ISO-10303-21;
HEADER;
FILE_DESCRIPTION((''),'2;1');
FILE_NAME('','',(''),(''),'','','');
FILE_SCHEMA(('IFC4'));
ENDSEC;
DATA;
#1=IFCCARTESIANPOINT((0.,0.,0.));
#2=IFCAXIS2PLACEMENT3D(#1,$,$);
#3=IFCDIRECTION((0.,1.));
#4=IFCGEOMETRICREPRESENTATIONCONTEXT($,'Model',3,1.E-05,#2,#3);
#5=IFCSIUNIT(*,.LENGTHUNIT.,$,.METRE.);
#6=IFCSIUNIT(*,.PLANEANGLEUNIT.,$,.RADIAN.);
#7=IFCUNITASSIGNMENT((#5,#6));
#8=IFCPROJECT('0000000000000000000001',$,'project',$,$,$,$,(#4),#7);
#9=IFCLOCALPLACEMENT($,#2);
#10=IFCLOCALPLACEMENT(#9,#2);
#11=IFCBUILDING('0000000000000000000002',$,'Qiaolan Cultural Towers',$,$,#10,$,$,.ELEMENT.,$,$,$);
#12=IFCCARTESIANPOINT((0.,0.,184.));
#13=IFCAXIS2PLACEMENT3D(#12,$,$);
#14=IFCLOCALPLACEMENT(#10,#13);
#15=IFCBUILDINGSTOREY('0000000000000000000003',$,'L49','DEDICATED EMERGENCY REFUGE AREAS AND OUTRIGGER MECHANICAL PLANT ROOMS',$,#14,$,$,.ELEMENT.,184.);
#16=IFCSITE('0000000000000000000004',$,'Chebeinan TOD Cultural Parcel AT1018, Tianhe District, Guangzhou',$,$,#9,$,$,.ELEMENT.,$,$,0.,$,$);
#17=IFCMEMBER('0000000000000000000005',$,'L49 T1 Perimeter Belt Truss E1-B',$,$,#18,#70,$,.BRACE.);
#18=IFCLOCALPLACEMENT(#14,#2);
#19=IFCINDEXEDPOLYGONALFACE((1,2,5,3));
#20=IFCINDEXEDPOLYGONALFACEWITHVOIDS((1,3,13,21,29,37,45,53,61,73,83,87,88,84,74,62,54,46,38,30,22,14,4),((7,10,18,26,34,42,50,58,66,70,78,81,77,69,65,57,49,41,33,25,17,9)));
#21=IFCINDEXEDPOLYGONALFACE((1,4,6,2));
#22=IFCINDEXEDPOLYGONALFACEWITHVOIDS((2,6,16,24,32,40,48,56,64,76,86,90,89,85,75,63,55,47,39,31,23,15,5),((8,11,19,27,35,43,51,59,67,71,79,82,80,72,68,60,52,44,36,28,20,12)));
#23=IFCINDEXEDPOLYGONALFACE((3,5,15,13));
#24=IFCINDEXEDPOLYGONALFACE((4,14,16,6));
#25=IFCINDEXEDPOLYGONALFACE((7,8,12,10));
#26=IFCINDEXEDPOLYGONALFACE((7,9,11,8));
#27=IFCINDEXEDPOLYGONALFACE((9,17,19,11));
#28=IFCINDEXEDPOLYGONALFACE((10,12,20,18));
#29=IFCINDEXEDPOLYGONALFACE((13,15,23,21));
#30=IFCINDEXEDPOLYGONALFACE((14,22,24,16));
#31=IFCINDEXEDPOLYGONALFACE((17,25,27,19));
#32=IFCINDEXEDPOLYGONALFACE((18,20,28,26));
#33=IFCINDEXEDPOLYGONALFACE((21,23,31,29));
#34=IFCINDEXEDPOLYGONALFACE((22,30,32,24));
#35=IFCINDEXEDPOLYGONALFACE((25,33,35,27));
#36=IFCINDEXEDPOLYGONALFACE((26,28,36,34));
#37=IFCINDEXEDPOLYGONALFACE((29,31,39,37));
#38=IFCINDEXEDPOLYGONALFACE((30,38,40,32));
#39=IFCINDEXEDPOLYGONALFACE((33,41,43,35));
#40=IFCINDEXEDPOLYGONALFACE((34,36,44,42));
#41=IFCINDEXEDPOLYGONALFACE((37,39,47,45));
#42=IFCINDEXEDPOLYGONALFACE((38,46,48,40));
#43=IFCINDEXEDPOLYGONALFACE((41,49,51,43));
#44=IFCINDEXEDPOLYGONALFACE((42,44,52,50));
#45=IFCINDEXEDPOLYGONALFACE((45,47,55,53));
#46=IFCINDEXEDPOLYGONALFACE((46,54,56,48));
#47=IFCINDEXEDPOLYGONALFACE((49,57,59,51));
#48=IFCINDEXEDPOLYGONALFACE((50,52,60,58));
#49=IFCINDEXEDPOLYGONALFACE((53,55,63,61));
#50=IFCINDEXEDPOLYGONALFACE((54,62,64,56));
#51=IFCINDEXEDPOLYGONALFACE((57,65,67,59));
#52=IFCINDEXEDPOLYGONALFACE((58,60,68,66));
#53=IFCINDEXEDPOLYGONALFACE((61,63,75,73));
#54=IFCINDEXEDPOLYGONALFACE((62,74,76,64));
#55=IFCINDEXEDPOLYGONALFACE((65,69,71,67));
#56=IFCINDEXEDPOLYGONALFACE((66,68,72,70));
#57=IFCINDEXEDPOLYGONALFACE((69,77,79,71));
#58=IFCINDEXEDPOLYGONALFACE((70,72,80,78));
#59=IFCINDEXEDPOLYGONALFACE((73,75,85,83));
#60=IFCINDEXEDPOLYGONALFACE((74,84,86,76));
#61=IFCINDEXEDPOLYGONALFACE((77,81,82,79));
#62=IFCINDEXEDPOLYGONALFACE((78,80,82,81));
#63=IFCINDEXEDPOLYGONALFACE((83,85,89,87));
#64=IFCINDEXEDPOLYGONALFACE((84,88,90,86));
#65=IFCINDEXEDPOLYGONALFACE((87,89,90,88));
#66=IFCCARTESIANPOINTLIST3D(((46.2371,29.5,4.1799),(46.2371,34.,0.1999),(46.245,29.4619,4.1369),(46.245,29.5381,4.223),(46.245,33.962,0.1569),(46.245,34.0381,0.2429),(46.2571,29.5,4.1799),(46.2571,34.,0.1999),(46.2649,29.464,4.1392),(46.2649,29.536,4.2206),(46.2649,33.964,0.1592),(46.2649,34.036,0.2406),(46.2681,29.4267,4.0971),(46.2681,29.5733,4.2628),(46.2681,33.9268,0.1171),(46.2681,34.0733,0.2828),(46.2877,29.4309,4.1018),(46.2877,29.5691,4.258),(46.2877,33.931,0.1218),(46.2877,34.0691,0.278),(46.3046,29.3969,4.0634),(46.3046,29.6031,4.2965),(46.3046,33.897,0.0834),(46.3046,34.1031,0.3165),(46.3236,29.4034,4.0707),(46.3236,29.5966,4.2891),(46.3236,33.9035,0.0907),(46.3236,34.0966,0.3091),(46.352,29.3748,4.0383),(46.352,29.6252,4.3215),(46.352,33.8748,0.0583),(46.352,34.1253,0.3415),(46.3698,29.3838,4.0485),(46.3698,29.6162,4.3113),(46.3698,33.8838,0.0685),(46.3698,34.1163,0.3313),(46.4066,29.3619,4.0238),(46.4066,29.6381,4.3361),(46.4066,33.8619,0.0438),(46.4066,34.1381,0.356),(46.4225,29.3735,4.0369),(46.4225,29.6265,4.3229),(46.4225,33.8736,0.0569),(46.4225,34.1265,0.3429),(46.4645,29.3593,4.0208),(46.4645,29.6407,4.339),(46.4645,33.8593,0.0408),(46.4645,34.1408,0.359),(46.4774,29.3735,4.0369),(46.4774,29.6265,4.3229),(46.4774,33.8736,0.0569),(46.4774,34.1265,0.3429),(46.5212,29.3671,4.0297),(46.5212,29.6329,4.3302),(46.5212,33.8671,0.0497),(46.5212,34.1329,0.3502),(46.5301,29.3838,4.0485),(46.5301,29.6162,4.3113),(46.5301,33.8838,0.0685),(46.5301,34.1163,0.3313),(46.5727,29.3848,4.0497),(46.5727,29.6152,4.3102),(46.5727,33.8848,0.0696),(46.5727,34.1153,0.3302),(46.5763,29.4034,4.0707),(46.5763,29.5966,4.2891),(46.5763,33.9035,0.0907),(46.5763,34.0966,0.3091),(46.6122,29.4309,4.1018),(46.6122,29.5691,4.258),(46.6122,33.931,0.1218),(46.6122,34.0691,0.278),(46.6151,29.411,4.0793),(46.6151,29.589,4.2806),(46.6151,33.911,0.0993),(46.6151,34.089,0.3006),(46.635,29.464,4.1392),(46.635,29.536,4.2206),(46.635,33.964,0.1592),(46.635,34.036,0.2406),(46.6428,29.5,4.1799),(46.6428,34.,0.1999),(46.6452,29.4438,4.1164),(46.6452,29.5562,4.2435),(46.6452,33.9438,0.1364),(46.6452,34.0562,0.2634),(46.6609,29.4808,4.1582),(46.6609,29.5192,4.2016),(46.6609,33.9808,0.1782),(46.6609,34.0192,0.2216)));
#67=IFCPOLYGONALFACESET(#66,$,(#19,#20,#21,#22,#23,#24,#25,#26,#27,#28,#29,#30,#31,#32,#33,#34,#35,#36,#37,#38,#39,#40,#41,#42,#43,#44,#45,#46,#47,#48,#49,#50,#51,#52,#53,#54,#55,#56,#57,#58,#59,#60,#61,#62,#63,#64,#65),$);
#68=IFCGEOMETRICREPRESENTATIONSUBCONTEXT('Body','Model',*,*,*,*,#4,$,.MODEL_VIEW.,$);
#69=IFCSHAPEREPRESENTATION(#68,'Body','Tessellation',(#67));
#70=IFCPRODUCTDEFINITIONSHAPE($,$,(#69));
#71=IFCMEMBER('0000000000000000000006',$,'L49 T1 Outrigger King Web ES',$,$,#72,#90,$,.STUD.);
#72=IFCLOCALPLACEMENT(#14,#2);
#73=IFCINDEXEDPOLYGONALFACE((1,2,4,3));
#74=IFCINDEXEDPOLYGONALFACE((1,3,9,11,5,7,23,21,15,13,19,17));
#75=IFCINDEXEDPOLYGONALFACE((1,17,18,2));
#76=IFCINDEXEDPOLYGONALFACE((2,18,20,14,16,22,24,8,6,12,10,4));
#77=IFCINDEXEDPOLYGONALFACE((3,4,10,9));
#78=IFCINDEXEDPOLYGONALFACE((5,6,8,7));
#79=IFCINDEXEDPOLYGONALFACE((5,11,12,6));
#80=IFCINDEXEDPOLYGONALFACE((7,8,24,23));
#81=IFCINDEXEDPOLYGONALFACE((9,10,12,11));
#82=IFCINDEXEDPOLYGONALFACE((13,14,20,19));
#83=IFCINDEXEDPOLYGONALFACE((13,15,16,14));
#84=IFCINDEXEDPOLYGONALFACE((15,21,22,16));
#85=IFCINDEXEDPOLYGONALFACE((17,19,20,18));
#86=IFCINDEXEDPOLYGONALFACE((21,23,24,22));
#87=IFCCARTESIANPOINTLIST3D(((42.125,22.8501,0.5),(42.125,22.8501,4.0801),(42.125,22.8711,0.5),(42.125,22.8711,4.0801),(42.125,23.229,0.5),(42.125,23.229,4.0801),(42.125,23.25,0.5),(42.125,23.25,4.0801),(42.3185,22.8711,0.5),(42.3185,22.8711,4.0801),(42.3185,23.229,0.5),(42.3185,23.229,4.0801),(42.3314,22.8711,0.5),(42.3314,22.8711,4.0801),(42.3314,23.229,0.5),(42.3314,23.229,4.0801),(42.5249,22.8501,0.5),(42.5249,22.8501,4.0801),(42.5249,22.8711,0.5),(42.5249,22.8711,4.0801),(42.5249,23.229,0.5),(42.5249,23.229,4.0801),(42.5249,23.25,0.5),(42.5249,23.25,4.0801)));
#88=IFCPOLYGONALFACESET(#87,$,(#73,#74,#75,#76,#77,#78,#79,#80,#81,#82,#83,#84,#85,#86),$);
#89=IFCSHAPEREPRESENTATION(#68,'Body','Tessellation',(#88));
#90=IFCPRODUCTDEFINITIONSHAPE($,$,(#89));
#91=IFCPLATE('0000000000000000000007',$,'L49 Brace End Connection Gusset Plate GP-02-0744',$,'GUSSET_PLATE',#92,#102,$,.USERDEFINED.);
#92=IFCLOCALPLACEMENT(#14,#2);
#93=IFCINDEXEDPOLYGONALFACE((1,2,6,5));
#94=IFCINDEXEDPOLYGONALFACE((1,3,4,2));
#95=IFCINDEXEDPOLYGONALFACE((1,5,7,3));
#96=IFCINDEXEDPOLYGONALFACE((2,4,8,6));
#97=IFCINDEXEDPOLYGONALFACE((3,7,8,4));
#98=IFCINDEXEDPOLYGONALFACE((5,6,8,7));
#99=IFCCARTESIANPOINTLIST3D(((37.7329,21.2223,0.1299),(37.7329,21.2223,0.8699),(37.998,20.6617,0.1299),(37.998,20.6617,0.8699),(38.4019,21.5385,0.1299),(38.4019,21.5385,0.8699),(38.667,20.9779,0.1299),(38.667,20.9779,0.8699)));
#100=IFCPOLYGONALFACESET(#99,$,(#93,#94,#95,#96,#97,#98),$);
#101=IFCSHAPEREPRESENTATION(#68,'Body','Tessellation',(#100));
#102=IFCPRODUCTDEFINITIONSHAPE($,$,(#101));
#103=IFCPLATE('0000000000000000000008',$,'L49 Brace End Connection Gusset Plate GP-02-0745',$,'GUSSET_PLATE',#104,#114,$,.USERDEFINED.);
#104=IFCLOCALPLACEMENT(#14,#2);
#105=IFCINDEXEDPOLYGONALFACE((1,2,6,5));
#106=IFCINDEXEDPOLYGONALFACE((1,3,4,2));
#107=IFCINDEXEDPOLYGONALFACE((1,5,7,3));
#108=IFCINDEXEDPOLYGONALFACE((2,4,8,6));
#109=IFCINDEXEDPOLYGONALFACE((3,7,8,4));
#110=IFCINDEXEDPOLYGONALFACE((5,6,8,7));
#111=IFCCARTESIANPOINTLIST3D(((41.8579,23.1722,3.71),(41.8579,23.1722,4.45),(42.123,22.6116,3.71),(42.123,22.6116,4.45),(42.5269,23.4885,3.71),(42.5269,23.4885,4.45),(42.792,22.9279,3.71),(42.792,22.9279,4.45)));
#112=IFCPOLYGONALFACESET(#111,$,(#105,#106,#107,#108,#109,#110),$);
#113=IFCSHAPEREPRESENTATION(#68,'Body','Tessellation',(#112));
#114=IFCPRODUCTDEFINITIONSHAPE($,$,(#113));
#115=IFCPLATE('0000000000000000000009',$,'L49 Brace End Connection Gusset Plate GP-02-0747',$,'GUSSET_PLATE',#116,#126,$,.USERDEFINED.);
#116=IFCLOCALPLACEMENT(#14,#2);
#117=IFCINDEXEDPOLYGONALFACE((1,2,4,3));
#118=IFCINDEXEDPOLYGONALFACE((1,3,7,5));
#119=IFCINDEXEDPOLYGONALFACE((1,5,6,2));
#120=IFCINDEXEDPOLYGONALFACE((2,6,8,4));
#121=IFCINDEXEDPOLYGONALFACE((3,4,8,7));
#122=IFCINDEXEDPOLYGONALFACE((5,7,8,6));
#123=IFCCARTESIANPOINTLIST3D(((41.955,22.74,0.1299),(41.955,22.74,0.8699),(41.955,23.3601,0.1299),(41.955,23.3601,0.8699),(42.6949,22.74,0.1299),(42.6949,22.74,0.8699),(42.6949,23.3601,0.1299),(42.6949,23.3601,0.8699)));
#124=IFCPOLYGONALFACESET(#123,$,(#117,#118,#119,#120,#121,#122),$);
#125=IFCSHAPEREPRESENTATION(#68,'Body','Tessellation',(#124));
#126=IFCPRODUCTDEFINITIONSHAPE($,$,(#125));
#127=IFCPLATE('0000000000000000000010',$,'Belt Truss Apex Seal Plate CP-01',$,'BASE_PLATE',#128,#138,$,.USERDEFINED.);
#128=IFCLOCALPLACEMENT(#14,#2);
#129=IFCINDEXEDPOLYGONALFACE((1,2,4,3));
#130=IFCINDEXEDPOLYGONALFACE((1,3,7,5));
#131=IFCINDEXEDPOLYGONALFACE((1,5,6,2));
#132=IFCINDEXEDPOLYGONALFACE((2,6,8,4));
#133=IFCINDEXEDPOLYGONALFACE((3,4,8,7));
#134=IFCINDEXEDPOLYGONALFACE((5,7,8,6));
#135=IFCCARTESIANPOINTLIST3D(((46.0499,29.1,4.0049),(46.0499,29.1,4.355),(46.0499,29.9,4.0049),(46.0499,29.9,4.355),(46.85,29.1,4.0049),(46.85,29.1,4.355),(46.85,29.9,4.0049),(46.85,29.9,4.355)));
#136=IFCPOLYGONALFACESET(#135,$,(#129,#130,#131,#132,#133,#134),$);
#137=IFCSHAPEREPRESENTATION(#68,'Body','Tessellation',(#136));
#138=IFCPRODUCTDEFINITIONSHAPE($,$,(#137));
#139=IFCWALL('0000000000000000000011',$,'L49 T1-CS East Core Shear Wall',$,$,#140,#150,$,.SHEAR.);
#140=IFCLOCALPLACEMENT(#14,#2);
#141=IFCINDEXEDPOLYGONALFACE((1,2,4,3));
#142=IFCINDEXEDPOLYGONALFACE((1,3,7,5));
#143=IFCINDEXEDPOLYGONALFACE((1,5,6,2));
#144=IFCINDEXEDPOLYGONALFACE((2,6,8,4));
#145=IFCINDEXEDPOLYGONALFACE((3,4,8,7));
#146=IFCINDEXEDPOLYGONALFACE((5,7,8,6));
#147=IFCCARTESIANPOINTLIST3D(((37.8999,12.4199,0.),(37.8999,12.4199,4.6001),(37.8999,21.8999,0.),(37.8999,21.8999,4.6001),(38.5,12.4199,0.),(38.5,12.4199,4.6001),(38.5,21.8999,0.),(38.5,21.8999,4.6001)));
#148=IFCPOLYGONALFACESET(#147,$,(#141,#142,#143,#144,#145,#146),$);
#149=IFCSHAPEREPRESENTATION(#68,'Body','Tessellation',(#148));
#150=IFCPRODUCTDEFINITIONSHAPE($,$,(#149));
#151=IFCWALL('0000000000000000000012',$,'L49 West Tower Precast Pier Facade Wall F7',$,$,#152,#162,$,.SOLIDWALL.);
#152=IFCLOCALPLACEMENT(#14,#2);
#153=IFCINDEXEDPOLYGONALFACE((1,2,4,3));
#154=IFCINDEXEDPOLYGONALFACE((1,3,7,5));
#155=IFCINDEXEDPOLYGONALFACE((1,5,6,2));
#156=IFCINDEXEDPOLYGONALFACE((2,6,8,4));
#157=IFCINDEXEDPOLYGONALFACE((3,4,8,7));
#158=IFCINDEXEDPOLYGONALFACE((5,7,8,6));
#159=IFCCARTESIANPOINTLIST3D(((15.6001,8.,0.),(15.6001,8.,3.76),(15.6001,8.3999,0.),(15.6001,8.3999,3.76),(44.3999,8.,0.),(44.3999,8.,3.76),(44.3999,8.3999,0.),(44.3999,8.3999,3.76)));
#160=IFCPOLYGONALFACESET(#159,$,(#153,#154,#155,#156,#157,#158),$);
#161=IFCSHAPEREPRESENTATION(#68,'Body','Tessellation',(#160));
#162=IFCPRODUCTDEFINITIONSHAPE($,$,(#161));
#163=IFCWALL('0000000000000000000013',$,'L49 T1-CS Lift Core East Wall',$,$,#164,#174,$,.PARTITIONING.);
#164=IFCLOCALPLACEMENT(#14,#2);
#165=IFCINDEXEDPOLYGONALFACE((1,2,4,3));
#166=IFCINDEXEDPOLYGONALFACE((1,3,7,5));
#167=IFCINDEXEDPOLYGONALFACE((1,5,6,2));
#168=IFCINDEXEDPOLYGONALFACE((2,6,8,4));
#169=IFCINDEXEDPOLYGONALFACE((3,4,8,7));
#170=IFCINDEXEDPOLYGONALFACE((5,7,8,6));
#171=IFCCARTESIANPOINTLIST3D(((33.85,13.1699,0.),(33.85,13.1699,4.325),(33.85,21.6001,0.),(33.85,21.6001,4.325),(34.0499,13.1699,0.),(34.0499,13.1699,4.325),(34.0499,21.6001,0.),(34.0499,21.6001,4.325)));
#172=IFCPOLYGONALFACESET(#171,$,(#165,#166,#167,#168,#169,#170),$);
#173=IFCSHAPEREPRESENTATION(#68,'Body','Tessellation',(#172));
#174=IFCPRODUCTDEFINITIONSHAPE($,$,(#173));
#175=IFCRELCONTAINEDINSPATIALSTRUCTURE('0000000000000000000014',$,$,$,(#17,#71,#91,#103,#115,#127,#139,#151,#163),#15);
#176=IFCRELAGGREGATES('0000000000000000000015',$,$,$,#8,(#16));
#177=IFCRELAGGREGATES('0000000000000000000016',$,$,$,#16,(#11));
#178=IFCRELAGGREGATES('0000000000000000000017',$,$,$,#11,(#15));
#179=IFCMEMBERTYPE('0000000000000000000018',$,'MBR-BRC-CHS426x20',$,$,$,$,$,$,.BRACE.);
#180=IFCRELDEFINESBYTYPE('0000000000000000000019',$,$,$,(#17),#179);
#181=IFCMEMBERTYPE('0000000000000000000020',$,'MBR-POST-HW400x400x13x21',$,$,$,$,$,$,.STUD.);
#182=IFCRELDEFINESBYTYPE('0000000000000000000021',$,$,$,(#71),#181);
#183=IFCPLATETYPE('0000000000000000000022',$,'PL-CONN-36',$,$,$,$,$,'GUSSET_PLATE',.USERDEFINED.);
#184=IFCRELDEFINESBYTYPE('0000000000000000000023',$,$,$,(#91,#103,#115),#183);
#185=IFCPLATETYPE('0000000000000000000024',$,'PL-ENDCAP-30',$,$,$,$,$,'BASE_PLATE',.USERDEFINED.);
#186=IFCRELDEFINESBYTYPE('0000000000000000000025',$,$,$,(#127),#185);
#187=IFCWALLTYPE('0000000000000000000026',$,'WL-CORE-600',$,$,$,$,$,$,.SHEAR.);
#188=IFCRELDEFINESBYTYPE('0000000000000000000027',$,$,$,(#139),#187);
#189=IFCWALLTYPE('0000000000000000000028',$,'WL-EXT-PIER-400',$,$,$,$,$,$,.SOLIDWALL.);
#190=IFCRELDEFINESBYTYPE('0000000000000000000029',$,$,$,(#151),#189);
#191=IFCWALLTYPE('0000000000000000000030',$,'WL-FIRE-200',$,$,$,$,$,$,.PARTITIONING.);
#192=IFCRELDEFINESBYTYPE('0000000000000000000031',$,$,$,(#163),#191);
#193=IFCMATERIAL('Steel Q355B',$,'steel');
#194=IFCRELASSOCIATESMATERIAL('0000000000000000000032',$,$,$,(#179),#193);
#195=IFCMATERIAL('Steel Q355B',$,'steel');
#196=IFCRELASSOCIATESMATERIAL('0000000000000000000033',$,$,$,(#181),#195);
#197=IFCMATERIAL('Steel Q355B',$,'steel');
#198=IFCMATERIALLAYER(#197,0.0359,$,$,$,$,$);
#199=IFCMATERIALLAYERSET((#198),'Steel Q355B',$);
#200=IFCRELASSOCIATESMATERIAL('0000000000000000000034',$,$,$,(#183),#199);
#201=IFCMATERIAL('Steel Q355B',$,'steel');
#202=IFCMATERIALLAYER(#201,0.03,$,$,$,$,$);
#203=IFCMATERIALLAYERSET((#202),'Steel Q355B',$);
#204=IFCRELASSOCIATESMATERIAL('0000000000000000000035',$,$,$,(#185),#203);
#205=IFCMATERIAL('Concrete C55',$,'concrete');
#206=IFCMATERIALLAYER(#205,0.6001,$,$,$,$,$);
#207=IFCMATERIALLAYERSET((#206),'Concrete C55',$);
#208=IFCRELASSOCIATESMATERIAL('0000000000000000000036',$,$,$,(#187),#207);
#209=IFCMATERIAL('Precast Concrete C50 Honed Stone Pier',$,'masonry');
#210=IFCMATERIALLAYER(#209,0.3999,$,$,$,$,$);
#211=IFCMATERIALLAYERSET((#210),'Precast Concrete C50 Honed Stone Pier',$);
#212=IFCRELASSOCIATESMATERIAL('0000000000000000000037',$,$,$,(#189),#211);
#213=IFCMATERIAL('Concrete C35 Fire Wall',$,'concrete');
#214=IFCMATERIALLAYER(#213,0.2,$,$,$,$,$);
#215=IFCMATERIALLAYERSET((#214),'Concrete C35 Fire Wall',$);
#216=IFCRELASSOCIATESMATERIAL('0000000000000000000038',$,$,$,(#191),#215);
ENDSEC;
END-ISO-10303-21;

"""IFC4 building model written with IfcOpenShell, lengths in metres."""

from ifc_helpers import new_model, si_unit, direction, frame, frame_2d, origin, origin_2d, place, context, subcontext, project, spatial, rectangle, hollow_circle, i_section, extrude, material, layer, layer_set, material_profile, profile_set, type_object, element, save


model = new_model("IFC4")

# Units and contexts
model_context = context("Model", 3, precision=1e-05, world=origin(), true_north=direction((0.0, 1.0)))
body_context = subcontext(model_context, "Body", "Model", "MODEL_VIEW")
ifc_project = project(units=[si_unit("LENGTHUNIT", "METRE"), si_unit("PLANEANGLEUNIT", "RADIAN")], contexts=[model_context])

# Site, building, storey
site_placement = place(None, origin())
site = spatial("IfcSite", under=ifc_project, at=site_placement, Name="Chebeinan TOD Cultural Parcel AT1018, Tianhe District, Guangzhou", CompositionType="ELEMENT", RefElevation=0.0)
building_placement = place(site_placement, origin())
building = spatial("IfcBuilding", under=site, at=building_placement, Name="Qiaolan Cultural Towers", CompositionType="ELEMENT")
storey_placement = place(building_placement, frame((0.0, 0.0, 184.0)))
storey = spatial("IfcBuildingStorey", under=building, at=storey_placement, Name="L49", Description="DEDICATED EMERGENCY REFUGE AREAS AND OUTRIGGER MECHANICAL PLANT ROOMS", CompositionType="ELEMENT", Elevation=184.0)

# Members
ifc_material_1 = material(Name="Steel Q355B", Category="steel")
ifc_material_profile_1 = material_profile(ifc_material_1, hollow_circle(Radius=0.2129, WallThickness=0.02, at=origin_2d()), Name="CHS426x20")
ifc_profile_set_1 = profile_set([ifc_material_profile_1], Name="Steel Q355B")
member_type_1 = type_object("IfcMemberType", Name="MBR-BRC-CHS426x20", PredefinedType="BRACE", material=ifc_profile_set_1)
for number, where, z_axis, x_axis, name in (
    (1, (46.45, 29.5, 4.1799), (0.0, 0.749062, -0.6625), (-1.0, 0.0, 0.0), "L49 T1 Perimeter Belt Truss E1-B"),
):
    element("IfcMember", number, at=place(storey_placement, frame(where, z_axis=z_axis, x_axis=x_axis)), inside=storey, type_object=member_type_1, Name=name, PredefinedType="BRACE", context=body_context, shape_type="SweptSolid", body=[
        extrude(hollow_circle(Radius=0.2129, WallThickness=0.02, at=origin_2d()), origin(), (0.0, 0.0, 1.0), 6.0076),
    ])
ifc_material_2 = material(Name="Steel Q355B", Category="steel")
ifc_material_profile_2 = material_profile(ifc_material_2, i_section(OverallWidth=0.3999, OverallDepth=0.3999, WebThickness=0.0129, FlangeThickness=0.021, at=origin_2d()), Name="HW400x400x13x21")
ifc_profile_set_2 = profile_set([ifc_material_profile_2], Name="Steel Q355B")
member_type_2 = type_object("IfcMemberType", Name="MBR-POST-HW400x400x13x21", PredefinedType="STUD", material=ifc_profile_set_2)
member_placement = place(storey_placement, frame((42.325, 23.05, 0.5), z_axis=(0.0, 0.0, 1.0), x_axis=(1.0, 0.0, 0.0)))
element("IfcMember", 2, at=member_placement, inside=storey, type_object=member_type_2, Name="L49 T1 Outrigger King Web ES", PredefinedType="STUD", context=body_context, shape_type="SweptSolid", body=[
    extrude(i_section(OverallWidth=0.3999, OverallDepth=0.3999, WebThickness=0.0129, FlangeThickness=0.021, at=origin_2d()), origin(), (0.0, 0.0, 1.0), 3.5801),
])

# Plates
ifc_material_3 = material(Name="Steel Q355B", Category="steel")
ifc_layer_1 = layer(ifc_material_3, 0.0359)
ifc_layer_set_1 = layer_set([ifc_layer_1], Name="Steel Q355B")
plate_type_1 = type_object("IfcPlateType", Name="PL-CONN-36", ElementType="GUSSET_PLATE", PredefinedType="USERDEFINED", material=ifc_layer_set_1)
for number, where, z_axis, x_axis, name in (
    (3, (38.2, 21.1001, 0.1299), (0.0, 0.0, 1.0), (0.904072, 0.42738, 0.0), "L49 Brace End Connection Gusset Plate GP-02-0744"),
    (4, (42.325, 23.05, 3.71), (0.0, 0.0, 1.0), (0.904072, 0.42738, 0.0), "L49 Brace End Connection Gusset Plate GP-02-0745"),
    (5, (42.325, 23.05, 0.1299), (0.0, 0.0, 1.0), (1.0, 0.0, 0.0), "L49 Brace End Connection Gusset Plate GP-02-0747"),
):
    element("IfcPlate", number, at=place(storey_placement, frame(where, z_axis=z_axis, x_axis=x_axis)), inside=storey, type_object=plate_type_1, Name=name, ObjectType="GUSSET_PLATE", PredefinedType="USERDEFINED", context=body_context, shape_type="SweptSolid", body=[
        extrude(rectangle(XDim=0.74, YDim=0.6201, at=origin_2d()), origin(), (0.0, 0.0, 1.0), 0.74),
    ])
ifc_material_4 = material(Name="Steel Q355B", Category="steel")
ifc_layer_2 = layer(ifc_material_4, 0.03)
ifc_layer_set_2 = layer_set([ifc_layer_2], Name="Steel Q355B")
plate_type_2 = type_object("IfcPlateType", Name="PL-ENDCAP-30", ElementType="BASE_PLATE", PredefinedType="USERDEFINED", material=ifc_layer_set_2)
plate_placement = place(storey_placement, frame((46.45, 29.5, 4.0049), z_axis=(0.0, 0.0, 1.0), x_axis=(1.0, 0.0, 0.0)))
element("IfcPlate", 6, at=plate_placement, inside=storey, type_object=plate_type_2, Name="Belt Truss Apex Seal Plate CP-01", ObjectType="BASE_PLATE", PredefinedType="USERDEFINED", context=body_context, shape_type="SweptSolid", body=[
    extrude(rectangle(XDim=0.8, YDim=0.8, at=origin_2d()), origin(), (0.0, 0.0, 1.0), 0.3501),
])

# Walls
ifc_material_5 = material(Name="Concrete C55", Category="concrete")
ifc_layer_3 = layer(ifc_material_5, 0.6001)
ifc_layer_set_3 = layer_set([ifc_layer_3], Name="Concrete C55")
wall_type_1 = type_object("IfcWallType", Name="WL-CORE-600", PredefinedType="SHEAR", material=ifc_layer_set_3)
wall_1_placement = place(storey_placement, frame((38.2, 21.8999, 0.0), z_axis=(0.0, 0.0, 1.0), x_axis=(0.0, -1.0, 0.0)))
element("IfcWall", 7, at=wall_1_placement, inside=storey, type_object=wall_type_1, Name="L49 T1-CS East Core Shear Wall", PredefinedType="SHEAR", context=body_context, shape_type="SweptSolid", body=[
    extrude(rectangle(XDim=9.48, YDim=0.6001, at=frame_2d((4.74, 0.0))), origin(), (0.0, 0.0, 1.0), 4.6001),
])
ifc_material_6 = material(Name="Precast Concrete C50 Honed Stone Pier", Category="masonry")
ifc_layer_4 = layer(ifc_material_6, 0.3999)
ifc_layer_set_4 = layer_set([ifc_layer_4], Name="Precast Concrete C50 Honed Stone Pier")
wall_type_2 = type_object("IfcWallType", Name="WL-EXT-PIER-400", PredefinedType="SOLIDWALL", material=ifc_layer_set_4)
wall_2_placement = place(storey_placement, frame((44.3999, 8.2, 0.0), z_axis=(0.0, 0.0, 1.0), x_axis=(-1.0, 0.0, 0.0)))
element("IfcWall", 8, at=wall_2_placement, inside=storey, type_object=wall_type_2, Name="L49 West Tower Precast Pier Facade Wall F7", PredefinedType="SOLIDWALL", context=body_context, shape_type="SweptSolid", body=[
    extrude(rectangle(XDim=28.7998, YDim=0.3999, at=frame_2d((14.3999, 0.0))), origin(), (0.0, 0.0, 1.0), 3.76),
])
ifc_material_7 = material(Name="Concrete C35 Fire Wall", Category="concrete")
ifc_layer_5 = layer(ifc_material_7, 0.2)
ifc_layer_set_5 = layer_set([ifc_layer_5], Name="Concrete C35 Fire Wall")
wall_type_3 = type_object("IfcWallType", Name="WL-FIRE-200", PredefinedType="PARTITIONING", material=ifc_layer_set_5)
wall_3_placement = place(storey_placement, frame((33.95, 21.6001, 0.0), z_axis=(0.0, 0.0, 1.0), x_axis=(0.0, -1.0, 0.0)))
element("IfcWall", 9, at=wall_3_placement, inside=storey, type_object=wall_type_3, Name="L49 T1-CS Lift Core East Wall", PredefinedType="PARTITIONING", context=body_context, shape_type="SweptSolid", body=[
    extrude(rectangle(XDim=8.4302, YDim=0.2, at=frame_2d((4.2151, 0.0))), origin(), (0.0, 0.0, 1.0), 4.325),
])

save(model, "model.ifc")
